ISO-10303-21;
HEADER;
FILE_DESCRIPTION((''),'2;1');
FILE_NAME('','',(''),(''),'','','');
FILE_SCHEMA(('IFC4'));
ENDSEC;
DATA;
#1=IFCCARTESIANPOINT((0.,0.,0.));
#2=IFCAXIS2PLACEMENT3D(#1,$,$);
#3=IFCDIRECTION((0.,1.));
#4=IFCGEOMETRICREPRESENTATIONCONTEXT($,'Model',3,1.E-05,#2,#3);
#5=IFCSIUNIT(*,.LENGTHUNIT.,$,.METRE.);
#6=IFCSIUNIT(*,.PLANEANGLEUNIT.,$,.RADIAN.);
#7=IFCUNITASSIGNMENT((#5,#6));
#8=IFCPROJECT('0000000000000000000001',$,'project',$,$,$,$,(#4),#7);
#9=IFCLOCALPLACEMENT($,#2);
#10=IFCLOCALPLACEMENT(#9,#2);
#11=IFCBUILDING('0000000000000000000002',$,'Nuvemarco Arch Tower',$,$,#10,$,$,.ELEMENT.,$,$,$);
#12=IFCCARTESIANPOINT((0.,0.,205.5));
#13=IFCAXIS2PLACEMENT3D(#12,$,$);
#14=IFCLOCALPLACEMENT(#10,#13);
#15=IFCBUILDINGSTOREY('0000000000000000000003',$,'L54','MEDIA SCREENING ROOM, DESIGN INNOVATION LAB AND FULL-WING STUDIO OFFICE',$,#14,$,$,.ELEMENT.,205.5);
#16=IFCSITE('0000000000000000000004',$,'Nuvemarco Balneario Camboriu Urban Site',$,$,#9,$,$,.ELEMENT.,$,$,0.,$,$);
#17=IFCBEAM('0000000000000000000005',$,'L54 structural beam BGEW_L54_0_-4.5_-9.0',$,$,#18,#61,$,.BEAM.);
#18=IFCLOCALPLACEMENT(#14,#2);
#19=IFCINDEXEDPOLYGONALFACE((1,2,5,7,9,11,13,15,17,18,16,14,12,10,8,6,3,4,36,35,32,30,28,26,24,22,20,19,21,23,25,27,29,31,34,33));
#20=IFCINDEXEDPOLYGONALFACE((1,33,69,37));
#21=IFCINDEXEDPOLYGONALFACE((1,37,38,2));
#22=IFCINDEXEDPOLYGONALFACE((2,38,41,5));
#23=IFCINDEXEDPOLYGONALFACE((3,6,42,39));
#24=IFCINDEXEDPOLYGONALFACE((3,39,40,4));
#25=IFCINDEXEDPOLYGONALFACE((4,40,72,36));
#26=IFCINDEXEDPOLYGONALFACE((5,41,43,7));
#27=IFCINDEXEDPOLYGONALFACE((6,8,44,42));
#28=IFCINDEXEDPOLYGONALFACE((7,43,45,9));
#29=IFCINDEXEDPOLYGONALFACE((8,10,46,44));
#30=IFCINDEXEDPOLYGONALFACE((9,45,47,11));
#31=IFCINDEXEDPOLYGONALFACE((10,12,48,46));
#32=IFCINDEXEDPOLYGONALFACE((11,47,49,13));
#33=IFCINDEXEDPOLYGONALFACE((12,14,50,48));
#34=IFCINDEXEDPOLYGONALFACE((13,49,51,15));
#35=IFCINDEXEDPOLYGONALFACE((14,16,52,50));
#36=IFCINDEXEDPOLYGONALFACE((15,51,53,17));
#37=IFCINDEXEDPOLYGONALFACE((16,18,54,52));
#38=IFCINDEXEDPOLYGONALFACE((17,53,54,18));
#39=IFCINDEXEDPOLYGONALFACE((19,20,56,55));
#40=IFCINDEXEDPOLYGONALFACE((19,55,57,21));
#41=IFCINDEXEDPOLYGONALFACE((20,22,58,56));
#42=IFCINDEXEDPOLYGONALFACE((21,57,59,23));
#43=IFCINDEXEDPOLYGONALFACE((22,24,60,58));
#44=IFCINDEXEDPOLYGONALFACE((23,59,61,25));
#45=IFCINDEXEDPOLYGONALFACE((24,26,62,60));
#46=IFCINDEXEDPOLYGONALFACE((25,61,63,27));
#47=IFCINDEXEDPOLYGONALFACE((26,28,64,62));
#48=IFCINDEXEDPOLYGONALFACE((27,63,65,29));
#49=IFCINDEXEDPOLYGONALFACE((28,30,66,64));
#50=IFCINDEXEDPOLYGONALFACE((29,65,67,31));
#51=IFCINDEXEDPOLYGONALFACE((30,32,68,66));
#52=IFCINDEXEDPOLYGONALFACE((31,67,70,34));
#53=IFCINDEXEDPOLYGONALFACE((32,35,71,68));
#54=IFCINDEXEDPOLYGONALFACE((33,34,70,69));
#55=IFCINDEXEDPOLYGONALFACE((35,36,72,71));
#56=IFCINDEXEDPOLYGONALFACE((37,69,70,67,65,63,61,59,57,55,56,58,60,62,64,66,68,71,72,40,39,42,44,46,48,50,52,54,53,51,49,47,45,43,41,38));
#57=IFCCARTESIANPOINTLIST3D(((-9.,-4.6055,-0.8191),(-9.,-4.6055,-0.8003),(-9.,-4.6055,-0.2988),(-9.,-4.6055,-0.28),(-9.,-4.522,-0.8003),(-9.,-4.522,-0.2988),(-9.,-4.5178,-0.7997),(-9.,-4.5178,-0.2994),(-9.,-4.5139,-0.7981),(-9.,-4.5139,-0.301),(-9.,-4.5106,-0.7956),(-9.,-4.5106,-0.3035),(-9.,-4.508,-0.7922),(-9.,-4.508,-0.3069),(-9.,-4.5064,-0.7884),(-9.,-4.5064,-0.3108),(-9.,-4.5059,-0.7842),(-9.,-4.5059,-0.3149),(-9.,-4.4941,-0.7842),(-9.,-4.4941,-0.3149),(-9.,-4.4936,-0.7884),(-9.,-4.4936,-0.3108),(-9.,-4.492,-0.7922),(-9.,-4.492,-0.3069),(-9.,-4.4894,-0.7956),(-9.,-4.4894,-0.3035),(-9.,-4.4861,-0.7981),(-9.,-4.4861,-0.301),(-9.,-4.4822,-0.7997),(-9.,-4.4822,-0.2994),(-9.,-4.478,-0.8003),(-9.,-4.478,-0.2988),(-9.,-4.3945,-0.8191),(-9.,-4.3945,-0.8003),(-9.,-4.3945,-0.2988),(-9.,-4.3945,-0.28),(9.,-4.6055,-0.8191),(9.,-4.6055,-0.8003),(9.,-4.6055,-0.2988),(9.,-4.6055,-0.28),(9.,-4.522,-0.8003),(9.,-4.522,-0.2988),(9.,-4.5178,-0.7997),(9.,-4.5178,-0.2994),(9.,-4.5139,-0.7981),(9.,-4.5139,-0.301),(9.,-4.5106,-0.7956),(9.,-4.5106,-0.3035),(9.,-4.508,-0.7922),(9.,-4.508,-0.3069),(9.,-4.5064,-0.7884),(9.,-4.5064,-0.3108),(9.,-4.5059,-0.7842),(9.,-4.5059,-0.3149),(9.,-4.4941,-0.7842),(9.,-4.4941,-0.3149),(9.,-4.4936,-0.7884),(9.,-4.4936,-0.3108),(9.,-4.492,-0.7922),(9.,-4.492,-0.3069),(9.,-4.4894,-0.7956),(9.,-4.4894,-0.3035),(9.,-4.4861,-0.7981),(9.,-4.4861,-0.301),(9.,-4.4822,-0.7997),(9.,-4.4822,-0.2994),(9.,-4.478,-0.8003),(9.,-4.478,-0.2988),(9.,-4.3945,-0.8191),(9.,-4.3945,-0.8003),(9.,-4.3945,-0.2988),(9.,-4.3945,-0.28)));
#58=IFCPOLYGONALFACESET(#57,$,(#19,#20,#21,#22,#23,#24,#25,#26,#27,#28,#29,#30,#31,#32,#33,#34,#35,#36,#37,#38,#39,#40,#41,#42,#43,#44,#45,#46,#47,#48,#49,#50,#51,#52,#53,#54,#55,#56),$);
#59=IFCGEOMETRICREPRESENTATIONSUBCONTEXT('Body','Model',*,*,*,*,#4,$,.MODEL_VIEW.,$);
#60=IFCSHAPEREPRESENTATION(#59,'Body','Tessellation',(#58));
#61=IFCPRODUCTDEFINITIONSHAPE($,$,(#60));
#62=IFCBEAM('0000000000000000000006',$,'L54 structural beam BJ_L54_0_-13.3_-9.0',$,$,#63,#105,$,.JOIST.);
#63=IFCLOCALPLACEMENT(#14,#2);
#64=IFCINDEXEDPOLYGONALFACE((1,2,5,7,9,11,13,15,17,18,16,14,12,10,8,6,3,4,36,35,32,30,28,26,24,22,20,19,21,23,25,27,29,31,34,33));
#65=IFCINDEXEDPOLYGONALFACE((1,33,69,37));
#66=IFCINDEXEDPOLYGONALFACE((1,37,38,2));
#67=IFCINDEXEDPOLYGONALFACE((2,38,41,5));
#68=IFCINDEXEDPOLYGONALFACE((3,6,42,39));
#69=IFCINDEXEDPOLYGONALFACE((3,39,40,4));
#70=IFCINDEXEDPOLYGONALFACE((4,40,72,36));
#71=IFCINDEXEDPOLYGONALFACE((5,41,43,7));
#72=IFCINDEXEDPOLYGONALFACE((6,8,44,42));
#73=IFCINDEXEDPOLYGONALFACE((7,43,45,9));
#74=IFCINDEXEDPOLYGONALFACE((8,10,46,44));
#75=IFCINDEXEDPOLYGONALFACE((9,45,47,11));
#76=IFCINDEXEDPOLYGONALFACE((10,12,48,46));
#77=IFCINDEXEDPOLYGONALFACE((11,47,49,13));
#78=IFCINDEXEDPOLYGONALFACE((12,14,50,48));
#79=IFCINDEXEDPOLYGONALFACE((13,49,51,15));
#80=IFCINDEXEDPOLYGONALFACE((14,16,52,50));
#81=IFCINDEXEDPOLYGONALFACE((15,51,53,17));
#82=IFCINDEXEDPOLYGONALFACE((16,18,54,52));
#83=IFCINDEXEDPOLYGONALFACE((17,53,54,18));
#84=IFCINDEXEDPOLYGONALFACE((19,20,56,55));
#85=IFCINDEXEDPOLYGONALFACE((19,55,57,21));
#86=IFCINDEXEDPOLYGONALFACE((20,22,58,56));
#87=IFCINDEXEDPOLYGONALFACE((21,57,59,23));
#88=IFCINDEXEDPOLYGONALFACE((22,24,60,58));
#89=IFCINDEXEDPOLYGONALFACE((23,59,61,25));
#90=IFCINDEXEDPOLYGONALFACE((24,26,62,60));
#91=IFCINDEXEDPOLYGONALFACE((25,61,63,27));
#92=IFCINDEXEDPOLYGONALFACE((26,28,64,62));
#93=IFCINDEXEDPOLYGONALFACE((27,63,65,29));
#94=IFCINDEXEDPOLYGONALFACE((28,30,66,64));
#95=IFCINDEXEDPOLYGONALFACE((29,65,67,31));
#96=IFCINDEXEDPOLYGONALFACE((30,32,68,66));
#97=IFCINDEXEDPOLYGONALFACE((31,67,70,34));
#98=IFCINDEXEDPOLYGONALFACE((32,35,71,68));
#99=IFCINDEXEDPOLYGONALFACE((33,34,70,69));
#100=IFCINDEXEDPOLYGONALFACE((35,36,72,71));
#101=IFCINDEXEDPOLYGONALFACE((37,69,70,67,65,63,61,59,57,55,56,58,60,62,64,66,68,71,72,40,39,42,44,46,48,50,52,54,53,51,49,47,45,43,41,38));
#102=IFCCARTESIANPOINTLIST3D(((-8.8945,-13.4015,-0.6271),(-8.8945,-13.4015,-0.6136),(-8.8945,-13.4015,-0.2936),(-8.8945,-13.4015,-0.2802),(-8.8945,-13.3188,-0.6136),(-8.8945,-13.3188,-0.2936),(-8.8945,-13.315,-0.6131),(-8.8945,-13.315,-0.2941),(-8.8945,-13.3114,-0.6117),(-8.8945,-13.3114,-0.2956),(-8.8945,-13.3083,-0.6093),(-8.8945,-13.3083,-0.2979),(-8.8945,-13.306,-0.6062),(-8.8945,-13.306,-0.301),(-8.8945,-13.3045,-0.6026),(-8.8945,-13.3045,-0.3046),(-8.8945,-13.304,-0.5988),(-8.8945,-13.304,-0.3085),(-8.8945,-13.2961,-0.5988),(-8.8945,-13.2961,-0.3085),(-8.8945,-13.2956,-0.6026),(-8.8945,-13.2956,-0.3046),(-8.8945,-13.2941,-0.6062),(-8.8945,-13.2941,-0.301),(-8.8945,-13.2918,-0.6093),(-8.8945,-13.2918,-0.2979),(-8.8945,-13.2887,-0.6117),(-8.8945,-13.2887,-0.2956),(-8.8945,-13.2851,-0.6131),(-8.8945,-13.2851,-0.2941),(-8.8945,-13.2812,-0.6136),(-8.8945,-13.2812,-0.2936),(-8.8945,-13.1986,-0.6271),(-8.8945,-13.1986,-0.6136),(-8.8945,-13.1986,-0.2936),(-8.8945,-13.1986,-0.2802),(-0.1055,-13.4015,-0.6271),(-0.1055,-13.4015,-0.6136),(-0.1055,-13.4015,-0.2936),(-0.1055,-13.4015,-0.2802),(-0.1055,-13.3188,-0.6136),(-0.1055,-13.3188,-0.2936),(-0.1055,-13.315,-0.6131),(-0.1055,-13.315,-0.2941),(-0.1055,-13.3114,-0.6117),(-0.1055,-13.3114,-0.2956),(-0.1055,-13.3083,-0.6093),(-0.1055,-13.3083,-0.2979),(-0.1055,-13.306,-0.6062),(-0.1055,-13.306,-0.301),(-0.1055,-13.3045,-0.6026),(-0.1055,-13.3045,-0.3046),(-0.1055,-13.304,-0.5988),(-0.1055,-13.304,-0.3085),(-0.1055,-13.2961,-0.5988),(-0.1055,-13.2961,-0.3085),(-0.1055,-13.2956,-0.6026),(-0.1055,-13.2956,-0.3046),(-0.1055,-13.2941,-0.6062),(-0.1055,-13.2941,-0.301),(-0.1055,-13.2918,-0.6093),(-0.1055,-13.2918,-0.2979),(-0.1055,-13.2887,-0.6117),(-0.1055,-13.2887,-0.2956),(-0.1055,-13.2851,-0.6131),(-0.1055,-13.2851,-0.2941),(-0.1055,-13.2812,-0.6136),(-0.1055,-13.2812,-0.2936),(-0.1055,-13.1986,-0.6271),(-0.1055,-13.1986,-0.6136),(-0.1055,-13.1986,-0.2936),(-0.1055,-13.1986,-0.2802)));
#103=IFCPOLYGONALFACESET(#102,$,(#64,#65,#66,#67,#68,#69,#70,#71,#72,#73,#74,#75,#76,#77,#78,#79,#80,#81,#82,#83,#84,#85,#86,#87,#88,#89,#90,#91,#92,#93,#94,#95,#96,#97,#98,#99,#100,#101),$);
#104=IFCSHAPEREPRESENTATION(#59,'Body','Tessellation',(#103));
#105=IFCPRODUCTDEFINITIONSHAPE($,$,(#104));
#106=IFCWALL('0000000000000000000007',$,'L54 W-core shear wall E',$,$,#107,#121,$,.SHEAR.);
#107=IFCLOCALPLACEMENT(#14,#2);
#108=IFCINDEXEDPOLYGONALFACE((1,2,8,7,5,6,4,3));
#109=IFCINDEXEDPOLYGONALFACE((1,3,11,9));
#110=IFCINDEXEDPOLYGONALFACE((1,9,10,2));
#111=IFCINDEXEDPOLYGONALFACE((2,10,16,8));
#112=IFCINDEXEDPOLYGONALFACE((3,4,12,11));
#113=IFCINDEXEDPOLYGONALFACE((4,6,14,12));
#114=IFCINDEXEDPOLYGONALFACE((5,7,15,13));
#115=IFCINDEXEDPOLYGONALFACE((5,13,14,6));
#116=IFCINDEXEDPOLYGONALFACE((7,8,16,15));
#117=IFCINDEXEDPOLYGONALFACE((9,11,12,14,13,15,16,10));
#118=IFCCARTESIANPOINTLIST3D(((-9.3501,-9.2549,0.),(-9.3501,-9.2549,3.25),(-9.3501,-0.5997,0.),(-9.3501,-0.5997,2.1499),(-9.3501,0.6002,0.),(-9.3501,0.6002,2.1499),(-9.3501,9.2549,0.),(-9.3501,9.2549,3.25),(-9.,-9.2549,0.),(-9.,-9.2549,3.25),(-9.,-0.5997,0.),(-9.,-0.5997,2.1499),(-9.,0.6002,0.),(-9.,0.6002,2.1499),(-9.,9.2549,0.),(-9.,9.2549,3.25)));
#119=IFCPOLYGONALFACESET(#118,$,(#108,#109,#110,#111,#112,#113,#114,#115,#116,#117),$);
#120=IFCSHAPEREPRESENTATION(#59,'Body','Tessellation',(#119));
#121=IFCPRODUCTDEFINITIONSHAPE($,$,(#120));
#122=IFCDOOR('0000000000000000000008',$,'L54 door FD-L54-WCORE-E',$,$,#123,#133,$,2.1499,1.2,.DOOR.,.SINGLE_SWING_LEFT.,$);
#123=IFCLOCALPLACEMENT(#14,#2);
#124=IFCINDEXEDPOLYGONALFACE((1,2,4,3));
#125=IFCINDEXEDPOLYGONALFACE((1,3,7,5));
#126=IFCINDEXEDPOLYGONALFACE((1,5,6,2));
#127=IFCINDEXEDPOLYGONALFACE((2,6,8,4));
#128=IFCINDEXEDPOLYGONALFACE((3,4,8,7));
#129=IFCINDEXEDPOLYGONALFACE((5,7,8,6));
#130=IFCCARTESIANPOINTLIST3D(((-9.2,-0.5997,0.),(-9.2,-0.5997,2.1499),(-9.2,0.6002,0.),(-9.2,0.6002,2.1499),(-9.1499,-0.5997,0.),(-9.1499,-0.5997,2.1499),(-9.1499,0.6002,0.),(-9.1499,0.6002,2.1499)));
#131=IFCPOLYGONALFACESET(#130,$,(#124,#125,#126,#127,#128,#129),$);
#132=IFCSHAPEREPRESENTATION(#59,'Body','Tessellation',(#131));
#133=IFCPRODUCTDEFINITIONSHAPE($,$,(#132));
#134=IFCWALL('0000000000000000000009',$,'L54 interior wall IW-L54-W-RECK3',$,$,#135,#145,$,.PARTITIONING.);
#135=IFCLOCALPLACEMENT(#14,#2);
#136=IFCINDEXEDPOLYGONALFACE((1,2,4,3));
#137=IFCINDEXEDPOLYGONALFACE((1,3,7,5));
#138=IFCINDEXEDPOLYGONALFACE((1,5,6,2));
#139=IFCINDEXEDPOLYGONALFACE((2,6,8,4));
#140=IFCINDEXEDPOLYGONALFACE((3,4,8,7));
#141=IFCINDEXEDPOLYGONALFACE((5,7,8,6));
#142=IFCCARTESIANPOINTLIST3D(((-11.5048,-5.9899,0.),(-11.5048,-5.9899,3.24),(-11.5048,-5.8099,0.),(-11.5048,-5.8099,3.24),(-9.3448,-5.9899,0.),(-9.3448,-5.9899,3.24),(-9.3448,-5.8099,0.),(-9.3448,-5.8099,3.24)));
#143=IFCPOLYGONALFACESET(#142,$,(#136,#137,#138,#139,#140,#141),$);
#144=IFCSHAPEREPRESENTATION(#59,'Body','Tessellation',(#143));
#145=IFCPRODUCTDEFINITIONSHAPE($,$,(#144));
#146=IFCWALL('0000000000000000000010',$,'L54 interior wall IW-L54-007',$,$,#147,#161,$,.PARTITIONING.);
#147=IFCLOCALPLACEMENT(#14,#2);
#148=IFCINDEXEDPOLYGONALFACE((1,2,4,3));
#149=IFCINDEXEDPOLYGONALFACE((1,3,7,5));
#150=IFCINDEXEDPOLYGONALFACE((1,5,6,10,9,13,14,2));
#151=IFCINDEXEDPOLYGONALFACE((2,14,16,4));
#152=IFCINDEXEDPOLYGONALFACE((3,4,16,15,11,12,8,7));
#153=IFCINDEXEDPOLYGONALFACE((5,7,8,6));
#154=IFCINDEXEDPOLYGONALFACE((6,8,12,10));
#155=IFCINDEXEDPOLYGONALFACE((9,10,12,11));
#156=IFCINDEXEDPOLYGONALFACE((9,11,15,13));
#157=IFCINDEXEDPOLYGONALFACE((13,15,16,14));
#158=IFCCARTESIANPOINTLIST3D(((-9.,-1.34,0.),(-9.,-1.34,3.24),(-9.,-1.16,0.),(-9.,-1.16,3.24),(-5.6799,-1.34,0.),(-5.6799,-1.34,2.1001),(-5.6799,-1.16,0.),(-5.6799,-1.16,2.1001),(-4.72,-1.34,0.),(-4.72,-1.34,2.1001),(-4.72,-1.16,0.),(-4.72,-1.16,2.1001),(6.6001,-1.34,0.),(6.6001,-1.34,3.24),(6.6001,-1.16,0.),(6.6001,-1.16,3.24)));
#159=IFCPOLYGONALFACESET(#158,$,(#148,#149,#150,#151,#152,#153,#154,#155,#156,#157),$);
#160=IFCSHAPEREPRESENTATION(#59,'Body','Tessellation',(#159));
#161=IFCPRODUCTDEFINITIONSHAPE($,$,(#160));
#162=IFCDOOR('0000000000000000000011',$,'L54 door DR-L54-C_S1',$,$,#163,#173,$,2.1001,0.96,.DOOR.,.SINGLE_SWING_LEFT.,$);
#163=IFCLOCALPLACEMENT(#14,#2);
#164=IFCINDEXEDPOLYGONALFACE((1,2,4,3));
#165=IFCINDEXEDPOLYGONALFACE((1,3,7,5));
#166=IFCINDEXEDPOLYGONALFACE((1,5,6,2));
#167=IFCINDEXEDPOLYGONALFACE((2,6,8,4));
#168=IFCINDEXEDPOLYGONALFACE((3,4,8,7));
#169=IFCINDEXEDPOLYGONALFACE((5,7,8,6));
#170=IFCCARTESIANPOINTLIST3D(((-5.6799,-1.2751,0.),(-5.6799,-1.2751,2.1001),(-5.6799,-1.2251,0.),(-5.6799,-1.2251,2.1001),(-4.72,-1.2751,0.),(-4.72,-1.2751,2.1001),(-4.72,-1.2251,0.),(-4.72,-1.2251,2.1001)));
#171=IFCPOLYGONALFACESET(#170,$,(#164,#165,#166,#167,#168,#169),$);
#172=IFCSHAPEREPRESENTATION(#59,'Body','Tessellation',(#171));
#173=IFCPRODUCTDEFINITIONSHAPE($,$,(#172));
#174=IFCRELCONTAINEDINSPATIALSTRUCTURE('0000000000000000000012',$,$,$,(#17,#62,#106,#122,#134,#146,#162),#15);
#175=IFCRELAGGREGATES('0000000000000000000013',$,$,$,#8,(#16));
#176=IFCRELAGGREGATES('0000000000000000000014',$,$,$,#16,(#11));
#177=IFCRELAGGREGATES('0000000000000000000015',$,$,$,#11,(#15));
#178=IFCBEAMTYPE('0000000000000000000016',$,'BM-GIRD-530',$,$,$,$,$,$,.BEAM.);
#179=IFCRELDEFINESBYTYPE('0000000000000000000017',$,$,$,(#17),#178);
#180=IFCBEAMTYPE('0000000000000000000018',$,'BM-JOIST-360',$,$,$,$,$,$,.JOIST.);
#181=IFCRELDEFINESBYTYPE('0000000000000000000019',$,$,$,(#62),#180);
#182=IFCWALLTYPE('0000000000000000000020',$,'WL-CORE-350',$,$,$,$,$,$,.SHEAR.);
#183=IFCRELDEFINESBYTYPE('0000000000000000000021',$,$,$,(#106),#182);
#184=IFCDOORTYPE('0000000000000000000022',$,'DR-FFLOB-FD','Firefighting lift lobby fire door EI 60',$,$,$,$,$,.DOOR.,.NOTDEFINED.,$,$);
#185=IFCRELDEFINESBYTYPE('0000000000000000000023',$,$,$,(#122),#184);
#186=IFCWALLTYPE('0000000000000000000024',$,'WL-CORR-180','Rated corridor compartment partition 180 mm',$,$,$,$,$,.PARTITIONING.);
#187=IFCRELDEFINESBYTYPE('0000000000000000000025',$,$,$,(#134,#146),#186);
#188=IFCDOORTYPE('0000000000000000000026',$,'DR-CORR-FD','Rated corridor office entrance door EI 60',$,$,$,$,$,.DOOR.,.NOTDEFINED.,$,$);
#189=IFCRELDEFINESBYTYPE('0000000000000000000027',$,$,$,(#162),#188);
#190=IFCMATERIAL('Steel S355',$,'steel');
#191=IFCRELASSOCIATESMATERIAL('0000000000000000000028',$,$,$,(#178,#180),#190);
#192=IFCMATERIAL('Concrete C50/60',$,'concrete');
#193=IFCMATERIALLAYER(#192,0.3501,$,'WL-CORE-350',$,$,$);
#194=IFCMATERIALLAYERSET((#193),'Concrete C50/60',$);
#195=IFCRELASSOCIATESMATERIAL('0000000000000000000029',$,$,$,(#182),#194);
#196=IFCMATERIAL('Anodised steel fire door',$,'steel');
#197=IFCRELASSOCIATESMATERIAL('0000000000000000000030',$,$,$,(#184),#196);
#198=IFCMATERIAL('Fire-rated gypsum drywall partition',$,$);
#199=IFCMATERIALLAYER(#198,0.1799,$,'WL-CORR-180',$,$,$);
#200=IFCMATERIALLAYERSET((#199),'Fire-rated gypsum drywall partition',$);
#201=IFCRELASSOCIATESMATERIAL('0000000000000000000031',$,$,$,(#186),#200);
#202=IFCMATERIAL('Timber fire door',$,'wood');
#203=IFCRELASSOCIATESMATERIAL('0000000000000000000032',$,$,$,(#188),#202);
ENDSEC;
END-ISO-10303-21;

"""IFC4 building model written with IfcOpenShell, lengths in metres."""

from ifc_helpers import new_model, si_unit, direction, frame, frame_2d, origin, origin_2d, place, context, subcontext, project, spatial, rectangle, i_section, extrude, source, transform, mapped, material, layer, layer_set, material_profile, profile_set, type_object, type_shapes, element, fill, save


model = new_model("IFC4")

# Units and contexts
model_context = context("Model", 3, precision=1e-05, world=origin(), true_north=direction((0.0, 1.0)))
body_context = subcontext(model_context, "Body", "Model", "MODEL_VIEW")
ifc_project = project(units=[si_unit("LENGTHUNIT", "METRE"), si_unit("PLANEANGLEUNIT", "RADIAN")], contexts=[model_context])

# Site, building, storey
site_placement = place(None, origin())
site = spatial("IfcSite", under=ifc_project, at=site_placement, Name="Nuvemarco Balneario Camboriu Urban Site", CompositionType="ELEMENT", RefElevation=0.0)
building_placement = place(site_placement, origin())
building = spatial("IfcBuilding", under=site, at=building_placement, Name="Nuvemarco Arch Tower", CompositionType="ELEMENT")
storey_placement = place(building_placement, frame((0.0, 0.0, 205.5)))
storey = spatial("IfcBuildingStorey", under=building, at=storey_placement, Name="L54", Description="MEDIA SCREENING ROOM, DESIGN INNOVATION LAB AND FULL-WING STUDIO OFFICE", CompositionType="ELEMENT", Elevation=205.5)

# Shared definitions
ifc_material_1 = material(Name="Concrete C50/60", Category="concrete")
ifc_material_2 = material(Name="Steel S355", Category="steel")

# Beams
ifc_material_profile_1 = material_profile(ifc_material_2, i_section(OverallWidth=0.2109, OverallDepth=0.5391, WebThickness=0.0117, FlangeThickness=0.0188, FilletRadius=0.0161, at=origin_2d()), Name="W530x109")
ifc_profile_set_1 = profile_set([ifc_material_profile_1], Name="Steel S355")
beam_type_1 = type_object("IfcBeamType", Name="BM-GIRD-530", PredefinedType="BEAM", material=ifc_profile_set_1)
beam_1_placement = place(storey_placement, frame((-9.0, -4.5, -0.5496), z_axis=(1.0, 0.0, 0.0), x_axis=(0.0, 1.0, 0.0)))
element("IfcBeam", 1, at=beam_1_placement, inside=storey, type_object=beam_type_1, Name="L54 structural beam BGEW_L54_0_-4.5_-9.0", PredefinedType="BEAM", context=body_context, shape_type="SweptSolid", body=[
    extrude(i_section(OverallWidth=0.2109, OverallDepth=0.5391, WebThickness=0.0117, FlangeThickness=0.0188, FilletRadius=0.0161, at=origin_2d()), origin(), (0.0, 0.0, 1.0), 18.0),
])
ifc_material_profile_2 = material_profile(ifc_material_2, i_section(OverallWidth=0.2029, OverallDepth=0.3469, WebThickness=0.0078, FlangeThickness=0.0134, FilletRadius=0.0149, at=origin_2d()), Name="W360x64")
ifc_profile_set_2 = profile_set([ifc_material_profile_2], Name="Steel S355")
beam_type_2 = type_object("IfcBeamType", Name="BM-JOIST-360", PredefinedType="JOIST", material=ifc_profile_set_2)
beam_2_placement = place(storey_placement, frame((-8.8945, -13.3, -0.4536), z_axis=(1.0, 0.0, 0.0), x_axis=(0.0, 1.0, 0.0)))
element("IfcBeam", 2, at=beam_2_placement, inside=storey, type_object=beam_type_2, Name="L54 structural beam BJ_L54_0_-13.3_-9.0", PredefinedType="JOIST", context=body_context, shape_type="SweptSolid", body=[
    extrude(i_section(OverallWidth=0.2029, OverallDepth=0.3469, WebThickness=0.0078, FlangeThickness=0.0134, FilletRadius=0.0149, at=origin_2d()), origin(), (0.0, 0.0, 1.0), 8.7891),
])

# Wall, opening, door
ifc_layer_1 = layer(ifc_material_1, 0.3501, Name="WL-CORE-350")
ifc_layer_set_1 = layer_set([ifc_layer_1], Name="Concrete C50/60")
wall_type_1 = type_object("IfcWallType", Name="WL-CORE-350", PredefinedType="SHEAR", material=ifc_layer_set_1)
wall_1_placement = place(storey_placement, frame((-9.175, -9.2549, 0.0), z_axis=(0.0, 0.0, 1.0), x_axis=(0.0, 1.0, 0.0)))
wall_1 = element("IfcWall", 3, at=wall_1_placement, inside=storey, type_object=wall_type_1, Name="L54 W-core shear wall E", PredefinedType="SHEAR", context=body_context, shape_type="SweptSolid", body=[
    extrude(rectangle(XDim=18.5098, YDim=0.3501, at=frame_2d((9.2549, 0.0))), origin(), (0.0, 0.0, 1.0), 3.25),
])
opening_1_placement = place(wall_1_placement, frame((8.655, 0.0, 0.0)))
opening_1 = element("IfcOpeningElement", 4, at=opening_1_placement, cuts=wall_1, PredefinedType="OPENING", context=body_context, shape_type="SweptSolid", body=[
    extrude(rectangle(XDim=1.2, YDim=2.1499, at=frame_2d((0.6001, 1.075))), frame((0.0, 0.1851, 0.0), z_axis=(0.0, -1.0, 0.0), x_axis=(1.0, 0.0, 0.0)), (0.0, 0.0, 1.0), 0.3701),
])
ifc_material_3 = material(Name="Anodised steel fire door", Category="steel")
door_type_1 = type_object("IfcDoorType", Name="DR-FFLOB-FD", Description="Firefighting lift lobby fire door EI 60", OperationType="NOTDEFINED", PredefinedType="DOOR", material=ifc_material_3)
shared_shape_1 = source(origin(), body_context, "Body", "SweptSolid", [
    extrude(rectangle(XDim=1.2, YDim=2.1499, at=frame_2d((0.6001, 1.075))), frame((0.0, 0.0249, 0.0), z_axis=(0.0, -1.0, 0.0), x_axis=(1.0, 0.0, 0.0)), (0.0, 0.0, 1.0), 0.05),
])
type_shapes(door_type_1, [shared_shape_1])
door_1_placement = place(opening_1_placement, origin())
door_1 = element("IfcDoor", 5, at=door_1_placement, inside=storey, type_object=door_type_1, Name="L54 door FD-L54-WCORE-E", OperationType="SINGLE_SWING_LEFT", OverallHeight=2.1499, OverallWidth=1.2, PredefinedType="DOOR", context=body_context, shape_type="MappedRepresentation", body=[
    mapped(shared_shape_1, transform((0.0, 0.0, 0.0), scale=1.0)),
])
fill(opening_1, door_1)

# Wall
ifc_material_4 = material(Name="Fire-rated gypsum drywall partition")
ifc_layer_2 = layer(ifc_material_4, 0.1799, Name="WL-CORR-180")
ifc_layer_set_2 = layer_set([ifc_layer_2], Name="Fire-rated gypsum drywall partition")
wall_type_2 = type_object("IfcWallType", Name="WL-CORR-180", Description="Rated corridor compartment partition 180 mm", PredefinedType="PARTITIONING", material=ifc_layer_set_2)
wall_2_placement = place(storey_placement, frame((-11.5049, -5.8999, 0.0), z_axis=(0.0, 0.0, 1.0), x_axis=(1.0, 0.0, 0.0)))
element("IfcWall", 6, at=wall_2_placement, inside=storey, type_object=wall_type_2, Name="L54 interior wall IW-L54-W-RECK3", PredefinedType="PARTITIONING", context=body_context, shape_type="SweptSolid", body=[
    extrude(rectangle(XDim=2.1599, YDim=0.1799, at=frame_2d((1.0801, 0.0))), origin(), (0.0, 0.0, 1.0), 3.24),
])

# Wall, opening, door
wall_3_placement = place(storey_placement, frame((-9.0, -1.25, 0.0), z_axis=(0.0, 0.0, 1.0), x_axis=(1.0, 0.0, 0.0)))
wall_3 = element("IfcWall", 7, at=wall_3_placement, inside=storey, type_object=wall_type_2, Name="L54 interior wall IW-L54-007", PredefinedType="PARTITIONING", context=body_context, shape_type="SweptSolid", body=[
    extrude(rectangle(XDim=15.6001, YDim=0.1799, at=frame_2d((7.8, 0.0))), origin(), (0.0, 0.0, 1.0), 3.24),
])
opening_2_placement = place(wall_3_placement, frame((3.3201, 0.0, 0.0)))
opening_2 = element("IfcOpeningElement", 8, at=opening_2_placement, cuts=wall_3, PredefinedType="OPENING", context=body_context, shape_type="SweptSolid", body=[
    extrude(rectangle(XDim=0.96, YDim=2.1001, at=frame_2d((0.48, 1.05))), frame((0.0, 0.0999, 0.0), z_axis=(0.0, -1.0, 0.0), x_axis=(1.0, 0.0, 0.0)), (0.0, 0.0, 1.0), 0.2),
])
ifc_material_5 = material(Name="Timber fire door", Category="wood")
door_type_2 = type_object("IfcDoorType", Name="DR-CORR-FD", Description="Rated corridor office entrance door EI 60", OperationType="NOTDEFINED", PredefinedType="DOOR", material=ifc_material_5)
shared_shape_2 = source(origin(), body_context, "Body", "SweptSolid", [
    extrude(rectangle(XDim=0.96, YDim=2.1001, at=frame_2d((0.48, 1.05))), frame((0.0, 0.0249, 0.0), z_axis=(0.0, -1.0, 0.0), x_axis=(1.0, 0.0, 0.0)), (0.0, 0.0, 1.0), 0.05),
])
type_shapes(door_type_2, [shared_shape_2])
door_2_placement = place(opening_2_placement, origin())
door_2 = element("IfcDoor", 9, at=door_2_placement, inside=storey, type_object=door_type_2, Name="L54 door DR-L54-C_S1", OperationType="SINGLE_SWING_LEFT", OverallHeight=2.1001, OverallWidth=0.96, PredefinedType="DOOR", context=body_context, shape_type="MappedRepresentation", body=[
    mapped(shared_shape_2, transform((0.0, 0.0, 0.0), scale=1.0)),
])
fill(opening_2, door_2)

save(model, "model.ifc")
